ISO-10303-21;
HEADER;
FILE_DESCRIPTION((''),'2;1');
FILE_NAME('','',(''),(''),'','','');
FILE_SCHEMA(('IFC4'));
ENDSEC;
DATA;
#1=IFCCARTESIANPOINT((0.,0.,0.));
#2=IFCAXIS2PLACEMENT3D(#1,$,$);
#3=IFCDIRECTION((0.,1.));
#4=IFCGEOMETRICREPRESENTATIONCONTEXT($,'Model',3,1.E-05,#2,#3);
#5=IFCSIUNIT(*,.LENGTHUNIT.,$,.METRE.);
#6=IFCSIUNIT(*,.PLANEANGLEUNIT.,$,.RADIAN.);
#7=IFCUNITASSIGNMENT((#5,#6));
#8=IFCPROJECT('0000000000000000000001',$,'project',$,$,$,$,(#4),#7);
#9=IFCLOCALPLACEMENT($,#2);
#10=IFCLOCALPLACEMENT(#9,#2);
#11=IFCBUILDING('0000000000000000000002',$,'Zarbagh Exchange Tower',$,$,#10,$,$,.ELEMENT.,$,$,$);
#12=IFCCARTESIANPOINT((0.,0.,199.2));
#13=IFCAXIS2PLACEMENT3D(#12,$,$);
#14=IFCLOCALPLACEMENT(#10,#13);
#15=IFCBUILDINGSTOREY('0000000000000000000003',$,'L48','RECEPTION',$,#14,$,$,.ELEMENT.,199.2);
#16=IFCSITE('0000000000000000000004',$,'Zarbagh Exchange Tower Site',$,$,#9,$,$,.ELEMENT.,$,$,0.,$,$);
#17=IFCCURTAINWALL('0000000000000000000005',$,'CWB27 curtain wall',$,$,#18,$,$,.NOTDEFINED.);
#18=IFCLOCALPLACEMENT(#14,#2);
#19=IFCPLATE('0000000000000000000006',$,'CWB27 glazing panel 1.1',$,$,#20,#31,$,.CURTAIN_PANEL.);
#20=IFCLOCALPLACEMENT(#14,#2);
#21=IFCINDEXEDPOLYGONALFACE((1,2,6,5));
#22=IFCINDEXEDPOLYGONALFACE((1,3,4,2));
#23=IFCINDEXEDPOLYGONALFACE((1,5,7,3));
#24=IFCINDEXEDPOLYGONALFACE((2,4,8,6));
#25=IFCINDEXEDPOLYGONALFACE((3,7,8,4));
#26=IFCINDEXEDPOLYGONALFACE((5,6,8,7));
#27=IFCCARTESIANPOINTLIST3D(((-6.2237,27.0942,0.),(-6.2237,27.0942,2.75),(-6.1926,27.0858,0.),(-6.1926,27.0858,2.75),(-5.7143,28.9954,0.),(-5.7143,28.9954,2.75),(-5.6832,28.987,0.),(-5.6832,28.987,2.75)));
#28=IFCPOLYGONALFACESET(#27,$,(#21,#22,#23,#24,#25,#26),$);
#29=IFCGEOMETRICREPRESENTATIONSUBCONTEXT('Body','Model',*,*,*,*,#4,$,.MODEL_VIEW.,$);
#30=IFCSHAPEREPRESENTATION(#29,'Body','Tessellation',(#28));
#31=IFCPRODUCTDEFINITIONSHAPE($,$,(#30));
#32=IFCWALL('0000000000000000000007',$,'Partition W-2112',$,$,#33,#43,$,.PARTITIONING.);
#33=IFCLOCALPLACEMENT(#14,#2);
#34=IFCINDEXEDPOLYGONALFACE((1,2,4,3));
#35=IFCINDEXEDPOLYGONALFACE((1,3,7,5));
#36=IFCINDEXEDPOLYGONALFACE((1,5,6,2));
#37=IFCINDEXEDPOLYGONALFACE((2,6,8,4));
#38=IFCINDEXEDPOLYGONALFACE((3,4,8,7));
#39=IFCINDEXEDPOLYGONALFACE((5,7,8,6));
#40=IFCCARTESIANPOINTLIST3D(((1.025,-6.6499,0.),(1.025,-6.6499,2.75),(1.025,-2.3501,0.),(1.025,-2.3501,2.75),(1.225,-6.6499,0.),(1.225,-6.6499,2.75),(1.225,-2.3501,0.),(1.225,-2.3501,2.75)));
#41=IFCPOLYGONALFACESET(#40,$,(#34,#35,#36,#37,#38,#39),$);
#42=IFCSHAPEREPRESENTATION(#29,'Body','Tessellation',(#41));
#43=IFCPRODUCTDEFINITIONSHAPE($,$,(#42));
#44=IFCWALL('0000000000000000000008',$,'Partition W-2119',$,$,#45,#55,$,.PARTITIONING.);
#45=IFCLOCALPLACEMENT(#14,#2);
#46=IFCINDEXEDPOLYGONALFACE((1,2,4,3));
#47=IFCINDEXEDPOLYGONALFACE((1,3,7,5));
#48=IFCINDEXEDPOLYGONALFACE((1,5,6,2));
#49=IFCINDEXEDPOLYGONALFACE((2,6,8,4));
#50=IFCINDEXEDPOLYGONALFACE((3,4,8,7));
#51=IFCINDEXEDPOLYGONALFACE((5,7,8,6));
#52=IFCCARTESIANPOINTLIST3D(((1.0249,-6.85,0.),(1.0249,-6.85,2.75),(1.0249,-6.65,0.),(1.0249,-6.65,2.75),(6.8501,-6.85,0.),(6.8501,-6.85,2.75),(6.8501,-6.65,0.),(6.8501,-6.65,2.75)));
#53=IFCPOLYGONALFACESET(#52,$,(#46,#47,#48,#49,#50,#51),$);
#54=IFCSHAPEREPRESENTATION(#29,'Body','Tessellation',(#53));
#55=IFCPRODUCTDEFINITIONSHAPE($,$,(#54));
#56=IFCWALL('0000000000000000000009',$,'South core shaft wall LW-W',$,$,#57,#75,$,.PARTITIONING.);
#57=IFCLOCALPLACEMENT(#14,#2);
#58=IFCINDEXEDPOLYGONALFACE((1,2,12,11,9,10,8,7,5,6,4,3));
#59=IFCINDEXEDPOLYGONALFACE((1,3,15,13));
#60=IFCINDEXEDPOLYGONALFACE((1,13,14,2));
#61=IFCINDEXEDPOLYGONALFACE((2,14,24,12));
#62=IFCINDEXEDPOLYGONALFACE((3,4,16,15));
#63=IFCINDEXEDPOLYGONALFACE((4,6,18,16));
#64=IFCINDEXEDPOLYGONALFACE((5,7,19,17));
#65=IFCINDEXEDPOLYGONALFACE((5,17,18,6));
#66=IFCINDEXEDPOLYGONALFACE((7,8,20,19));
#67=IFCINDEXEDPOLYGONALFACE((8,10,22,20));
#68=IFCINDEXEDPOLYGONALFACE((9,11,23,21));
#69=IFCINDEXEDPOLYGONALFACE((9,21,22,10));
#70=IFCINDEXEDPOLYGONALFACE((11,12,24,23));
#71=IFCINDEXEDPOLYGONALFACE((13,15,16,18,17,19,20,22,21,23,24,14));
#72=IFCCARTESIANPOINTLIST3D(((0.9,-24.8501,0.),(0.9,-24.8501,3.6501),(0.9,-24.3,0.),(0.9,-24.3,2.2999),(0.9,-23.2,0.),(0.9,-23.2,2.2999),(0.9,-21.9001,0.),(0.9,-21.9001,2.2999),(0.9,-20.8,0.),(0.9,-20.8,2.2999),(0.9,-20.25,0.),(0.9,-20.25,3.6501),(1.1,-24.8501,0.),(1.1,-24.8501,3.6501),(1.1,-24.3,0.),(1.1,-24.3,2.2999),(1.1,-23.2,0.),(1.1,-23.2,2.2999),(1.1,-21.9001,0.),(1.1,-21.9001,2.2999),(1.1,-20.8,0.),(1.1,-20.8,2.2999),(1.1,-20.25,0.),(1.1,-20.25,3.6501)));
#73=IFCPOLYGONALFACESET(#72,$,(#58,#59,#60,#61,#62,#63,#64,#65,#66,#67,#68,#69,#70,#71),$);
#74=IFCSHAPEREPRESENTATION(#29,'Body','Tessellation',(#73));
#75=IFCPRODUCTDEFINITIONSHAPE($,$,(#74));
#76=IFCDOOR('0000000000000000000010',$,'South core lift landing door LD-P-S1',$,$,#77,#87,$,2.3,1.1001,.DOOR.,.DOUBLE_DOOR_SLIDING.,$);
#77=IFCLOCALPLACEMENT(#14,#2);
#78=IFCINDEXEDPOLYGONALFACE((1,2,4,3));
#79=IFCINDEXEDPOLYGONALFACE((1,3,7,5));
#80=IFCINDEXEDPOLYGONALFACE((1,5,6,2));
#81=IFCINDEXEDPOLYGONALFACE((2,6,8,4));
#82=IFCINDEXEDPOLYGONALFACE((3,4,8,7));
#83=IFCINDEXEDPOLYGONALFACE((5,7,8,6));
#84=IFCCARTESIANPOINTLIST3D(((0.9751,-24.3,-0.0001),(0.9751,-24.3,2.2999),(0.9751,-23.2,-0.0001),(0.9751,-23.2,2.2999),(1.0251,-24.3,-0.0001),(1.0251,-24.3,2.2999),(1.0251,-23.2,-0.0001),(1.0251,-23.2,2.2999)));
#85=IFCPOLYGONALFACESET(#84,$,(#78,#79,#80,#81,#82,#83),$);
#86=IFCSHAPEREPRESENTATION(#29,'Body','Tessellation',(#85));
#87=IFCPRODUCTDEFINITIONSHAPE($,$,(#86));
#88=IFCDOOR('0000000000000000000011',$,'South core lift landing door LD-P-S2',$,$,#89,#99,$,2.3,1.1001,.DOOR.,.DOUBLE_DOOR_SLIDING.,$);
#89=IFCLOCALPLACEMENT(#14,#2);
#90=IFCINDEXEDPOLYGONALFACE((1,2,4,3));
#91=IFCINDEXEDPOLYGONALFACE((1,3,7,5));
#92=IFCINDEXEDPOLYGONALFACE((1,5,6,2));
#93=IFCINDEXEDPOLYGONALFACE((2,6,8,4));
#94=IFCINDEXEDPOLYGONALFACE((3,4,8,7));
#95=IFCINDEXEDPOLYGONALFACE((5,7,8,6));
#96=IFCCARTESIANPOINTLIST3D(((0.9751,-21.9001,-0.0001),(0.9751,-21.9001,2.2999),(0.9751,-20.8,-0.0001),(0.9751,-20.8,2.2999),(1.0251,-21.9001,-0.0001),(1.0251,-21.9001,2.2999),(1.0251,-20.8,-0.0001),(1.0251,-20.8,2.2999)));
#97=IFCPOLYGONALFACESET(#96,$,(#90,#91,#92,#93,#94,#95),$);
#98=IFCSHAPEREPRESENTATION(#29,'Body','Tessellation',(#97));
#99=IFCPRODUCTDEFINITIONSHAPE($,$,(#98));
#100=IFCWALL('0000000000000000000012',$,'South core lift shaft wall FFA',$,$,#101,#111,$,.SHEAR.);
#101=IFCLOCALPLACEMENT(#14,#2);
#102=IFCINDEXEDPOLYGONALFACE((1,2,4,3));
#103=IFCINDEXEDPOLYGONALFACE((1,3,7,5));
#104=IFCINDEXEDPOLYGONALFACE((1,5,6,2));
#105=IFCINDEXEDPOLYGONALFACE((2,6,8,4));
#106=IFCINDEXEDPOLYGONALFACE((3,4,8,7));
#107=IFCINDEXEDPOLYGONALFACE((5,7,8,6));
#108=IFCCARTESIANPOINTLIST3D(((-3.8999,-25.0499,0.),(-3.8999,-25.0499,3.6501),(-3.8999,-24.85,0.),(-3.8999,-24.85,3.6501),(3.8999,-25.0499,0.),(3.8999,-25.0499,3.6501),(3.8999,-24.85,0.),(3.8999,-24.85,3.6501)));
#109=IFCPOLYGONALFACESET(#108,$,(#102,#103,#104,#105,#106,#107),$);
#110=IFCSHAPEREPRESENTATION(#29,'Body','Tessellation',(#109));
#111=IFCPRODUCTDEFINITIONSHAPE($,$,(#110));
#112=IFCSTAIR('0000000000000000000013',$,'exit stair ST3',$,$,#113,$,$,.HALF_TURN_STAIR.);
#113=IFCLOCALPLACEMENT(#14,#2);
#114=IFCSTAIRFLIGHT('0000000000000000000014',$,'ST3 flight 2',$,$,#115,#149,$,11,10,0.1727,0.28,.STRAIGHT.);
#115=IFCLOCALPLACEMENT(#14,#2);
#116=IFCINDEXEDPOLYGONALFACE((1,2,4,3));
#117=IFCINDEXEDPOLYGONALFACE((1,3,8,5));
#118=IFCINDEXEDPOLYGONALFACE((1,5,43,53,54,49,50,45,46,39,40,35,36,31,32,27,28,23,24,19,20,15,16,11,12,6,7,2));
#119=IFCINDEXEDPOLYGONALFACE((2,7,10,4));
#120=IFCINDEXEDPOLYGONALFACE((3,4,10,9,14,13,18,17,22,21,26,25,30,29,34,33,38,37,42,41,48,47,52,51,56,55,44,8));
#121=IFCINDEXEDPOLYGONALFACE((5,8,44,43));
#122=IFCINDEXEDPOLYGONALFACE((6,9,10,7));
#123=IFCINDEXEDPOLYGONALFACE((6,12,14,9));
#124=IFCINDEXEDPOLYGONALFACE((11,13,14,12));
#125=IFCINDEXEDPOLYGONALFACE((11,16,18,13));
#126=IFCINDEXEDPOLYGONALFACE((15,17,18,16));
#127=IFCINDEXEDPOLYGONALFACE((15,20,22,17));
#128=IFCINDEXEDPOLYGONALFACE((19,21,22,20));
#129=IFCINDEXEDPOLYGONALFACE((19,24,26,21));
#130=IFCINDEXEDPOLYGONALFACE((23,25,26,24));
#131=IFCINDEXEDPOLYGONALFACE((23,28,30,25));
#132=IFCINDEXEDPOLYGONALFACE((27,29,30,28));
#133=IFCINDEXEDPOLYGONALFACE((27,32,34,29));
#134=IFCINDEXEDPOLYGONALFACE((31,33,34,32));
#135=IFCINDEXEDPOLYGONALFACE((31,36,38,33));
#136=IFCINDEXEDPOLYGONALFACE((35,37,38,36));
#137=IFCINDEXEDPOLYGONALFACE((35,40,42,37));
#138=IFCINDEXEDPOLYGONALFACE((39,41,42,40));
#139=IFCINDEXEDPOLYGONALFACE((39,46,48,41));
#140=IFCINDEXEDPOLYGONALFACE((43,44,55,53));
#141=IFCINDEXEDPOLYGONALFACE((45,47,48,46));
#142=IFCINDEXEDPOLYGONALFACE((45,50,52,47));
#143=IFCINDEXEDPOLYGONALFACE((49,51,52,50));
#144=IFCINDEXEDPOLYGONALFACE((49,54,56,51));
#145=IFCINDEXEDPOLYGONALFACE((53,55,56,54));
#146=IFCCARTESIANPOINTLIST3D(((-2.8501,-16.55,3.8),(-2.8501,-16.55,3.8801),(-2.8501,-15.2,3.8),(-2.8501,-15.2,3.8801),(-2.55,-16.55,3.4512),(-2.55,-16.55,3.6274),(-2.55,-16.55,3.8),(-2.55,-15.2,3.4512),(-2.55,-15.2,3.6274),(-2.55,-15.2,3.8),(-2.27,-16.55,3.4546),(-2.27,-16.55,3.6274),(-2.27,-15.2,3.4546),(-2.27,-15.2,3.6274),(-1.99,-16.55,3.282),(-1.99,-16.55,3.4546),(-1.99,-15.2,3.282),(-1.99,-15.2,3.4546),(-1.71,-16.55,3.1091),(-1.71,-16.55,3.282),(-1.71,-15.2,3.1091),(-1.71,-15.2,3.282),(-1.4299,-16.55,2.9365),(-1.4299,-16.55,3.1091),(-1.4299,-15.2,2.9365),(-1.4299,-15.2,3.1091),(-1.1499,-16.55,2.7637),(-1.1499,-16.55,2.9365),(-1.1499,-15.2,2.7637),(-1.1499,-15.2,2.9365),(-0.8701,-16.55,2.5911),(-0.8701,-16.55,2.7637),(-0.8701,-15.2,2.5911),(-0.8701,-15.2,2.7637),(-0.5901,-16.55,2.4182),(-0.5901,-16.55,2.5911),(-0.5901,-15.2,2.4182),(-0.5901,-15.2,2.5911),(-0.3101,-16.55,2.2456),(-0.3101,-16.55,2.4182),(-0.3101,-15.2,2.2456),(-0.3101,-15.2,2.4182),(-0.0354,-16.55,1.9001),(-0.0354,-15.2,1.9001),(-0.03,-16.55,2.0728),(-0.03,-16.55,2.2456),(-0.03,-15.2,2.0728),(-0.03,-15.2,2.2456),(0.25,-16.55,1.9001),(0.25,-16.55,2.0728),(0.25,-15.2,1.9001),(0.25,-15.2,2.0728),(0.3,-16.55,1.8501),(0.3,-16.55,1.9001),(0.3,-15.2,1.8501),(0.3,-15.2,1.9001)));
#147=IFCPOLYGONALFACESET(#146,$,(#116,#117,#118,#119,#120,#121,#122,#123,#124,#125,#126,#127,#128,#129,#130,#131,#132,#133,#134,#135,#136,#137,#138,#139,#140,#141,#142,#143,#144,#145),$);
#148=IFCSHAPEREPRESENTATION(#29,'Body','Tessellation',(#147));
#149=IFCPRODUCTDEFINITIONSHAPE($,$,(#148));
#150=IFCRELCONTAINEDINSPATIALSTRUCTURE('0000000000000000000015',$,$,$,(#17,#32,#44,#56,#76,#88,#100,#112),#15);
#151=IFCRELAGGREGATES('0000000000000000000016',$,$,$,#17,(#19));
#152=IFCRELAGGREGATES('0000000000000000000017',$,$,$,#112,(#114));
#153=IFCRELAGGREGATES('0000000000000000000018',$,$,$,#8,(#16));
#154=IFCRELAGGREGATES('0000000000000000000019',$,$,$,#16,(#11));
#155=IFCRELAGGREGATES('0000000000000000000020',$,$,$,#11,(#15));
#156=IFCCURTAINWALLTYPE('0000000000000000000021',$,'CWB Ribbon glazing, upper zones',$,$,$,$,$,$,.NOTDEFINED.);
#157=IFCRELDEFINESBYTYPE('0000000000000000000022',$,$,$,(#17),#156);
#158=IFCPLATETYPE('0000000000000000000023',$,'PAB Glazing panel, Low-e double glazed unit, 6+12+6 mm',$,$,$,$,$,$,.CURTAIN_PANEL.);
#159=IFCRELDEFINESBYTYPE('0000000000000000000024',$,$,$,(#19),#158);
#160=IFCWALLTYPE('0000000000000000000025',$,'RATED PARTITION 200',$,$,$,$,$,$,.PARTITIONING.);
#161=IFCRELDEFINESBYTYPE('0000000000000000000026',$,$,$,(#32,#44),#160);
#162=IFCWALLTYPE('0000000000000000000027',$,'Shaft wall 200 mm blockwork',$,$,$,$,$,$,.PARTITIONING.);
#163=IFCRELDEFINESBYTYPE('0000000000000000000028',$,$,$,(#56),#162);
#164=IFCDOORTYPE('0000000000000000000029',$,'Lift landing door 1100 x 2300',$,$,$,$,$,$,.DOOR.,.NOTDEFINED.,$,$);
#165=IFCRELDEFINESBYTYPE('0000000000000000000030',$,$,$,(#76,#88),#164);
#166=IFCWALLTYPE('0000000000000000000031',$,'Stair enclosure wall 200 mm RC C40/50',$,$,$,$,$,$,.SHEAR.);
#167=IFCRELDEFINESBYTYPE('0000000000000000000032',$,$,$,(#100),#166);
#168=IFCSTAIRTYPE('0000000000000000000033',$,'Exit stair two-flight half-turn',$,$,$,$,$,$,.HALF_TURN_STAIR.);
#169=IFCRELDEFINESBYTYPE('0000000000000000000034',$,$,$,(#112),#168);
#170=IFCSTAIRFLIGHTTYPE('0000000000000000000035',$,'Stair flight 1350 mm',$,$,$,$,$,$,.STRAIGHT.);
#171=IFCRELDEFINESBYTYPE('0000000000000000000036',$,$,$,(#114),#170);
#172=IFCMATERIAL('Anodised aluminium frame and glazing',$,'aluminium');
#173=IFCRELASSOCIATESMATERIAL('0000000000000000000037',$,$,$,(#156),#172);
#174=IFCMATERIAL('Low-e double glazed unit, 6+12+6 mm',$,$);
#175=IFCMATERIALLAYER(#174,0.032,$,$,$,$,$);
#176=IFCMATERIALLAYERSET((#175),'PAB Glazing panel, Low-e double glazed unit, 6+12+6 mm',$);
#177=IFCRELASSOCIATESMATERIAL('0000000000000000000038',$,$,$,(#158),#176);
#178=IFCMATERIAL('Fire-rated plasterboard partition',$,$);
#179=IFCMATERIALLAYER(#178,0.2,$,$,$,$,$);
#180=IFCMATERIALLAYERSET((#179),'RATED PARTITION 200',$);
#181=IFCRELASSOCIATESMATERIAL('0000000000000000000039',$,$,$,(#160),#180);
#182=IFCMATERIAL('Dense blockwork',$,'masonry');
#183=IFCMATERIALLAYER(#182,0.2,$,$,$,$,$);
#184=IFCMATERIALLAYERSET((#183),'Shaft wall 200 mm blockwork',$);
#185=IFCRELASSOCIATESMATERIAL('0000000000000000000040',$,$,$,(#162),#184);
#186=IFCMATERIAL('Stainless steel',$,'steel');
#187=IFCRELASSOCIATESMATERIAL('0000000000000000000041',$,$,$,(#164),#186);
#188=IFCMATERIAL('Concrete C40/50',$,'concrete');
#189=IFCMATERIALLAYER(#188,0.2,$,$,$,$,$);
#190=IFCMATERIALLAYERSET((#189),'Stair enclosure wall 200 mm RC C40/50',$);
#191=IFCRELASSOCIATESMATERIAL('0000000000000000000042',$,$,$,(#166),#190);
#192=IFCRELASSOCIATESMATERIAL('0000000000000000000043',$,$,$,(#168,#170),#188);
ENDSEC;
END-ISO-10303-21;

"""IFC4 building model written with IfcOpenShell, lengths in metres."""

from ifc_helpers import new_model, si_unit, direction, frame, frame_2d, origin, place, context, subcontext, project, spatial, polyline, rectangle, outline, extrude, source, transform, mapped, material, layer, layer_set, type_object, element, fill, aggregate, save


model = new_model("IFC4")

# Units and contexts
model_context = context("Model", 3, precision=1e-05, world=origin(), true_north=direction((0.0, 1.0)))
body_context = subcontext(model_context, "Body", "Model", "MODEL_VIEW")
ifc_project = project(units=[si_unit("LENGTHUNIT", "METRE"), si_unit("PLANEANGLEUNIT", "RADIAN")], contexts=[model_context])

# Site, building, storey
site_placement = place(None, origin())
site = spatial("IfcSite", under=ifc_project, at=site_placement, Name="Zarbagh Exchange Tower Site", CompositionType="ELEMENT", RefElevation=0.0)
building_placement = place(site_placement, origin())
building = spatial("IfcBuilding", under=site, at=building_placement, Name="Zarbagh Exchange Tower", CompositionType="ELEMENT")
storey_placement = place(building_placement, frame((0.0, 0.0, 199.2)))
storey = spatial("IfcBuildingStorey", under=building, at=storey_placement, Name="L48", Description="RECEPTION", CompositionType="ELEMENT", Elevation=199.2)

# Shared definitions
ifc_material_1 = material(Name="Anodised aluminium frame and glazing", Category="aluminium")
curtain_wall_type = type_object("IfcCurtainWallType", Name="CWB Ribbon glazing, upper zones", PredefinedType="NOTDEFINED", material=ifc_material_1)
placement = place(storey_placement, origin())

# Shared definitions
ifc_material_2 = material(Name="Low-e double glazed unit, 6+12+6 mm")
ifc_layer_1 = layer(ifc_material_2, 0.032)
ifc_layer_set_1 = layer_set([ifc_layer_1], Name="PAB Glazing panel, Low-e double glazed unit, 6+12+6 mm")
plate_type = type_object("IfcPlateType", Name="PAB Glazing panel, Low-e double glazed unit, 6+12+6 mm", PredefinedType="CURTAIN_PANEL", material=ifc_layer_set_1)

# Curtain wall, plate
curtain_wall_1_placement = place(storey_placement, origin())
curtain_wall_1 = element("IfcCurtainWall", 1, at=curtain_wall_1_placement, inside=storey, type_object=curtain_wall_type, Name="CWB27 curtain wall", PredefinedType="NOTDEFINED")
shared_shape_1 = source(origin(), body_context, "Body", "SweptSolid", [
    extrude(outline(polyline([(0.0, -0.0161), (1.9683, -0.0161), (1.9683, 0.0161), (0.0, 0.0161), (0.0, -0.0161)])), origin(), (0.0, 0.0, 1.0), 2.75),
])
plate_1 = element("IfcPlate", 2, at=placement, type_object=plate_type, Name="CWB27 glazing panel 1.1", PredefinedType="CURTAIN_PANEL", context=body_context, shape_type="MappedRepresentation", body=[
    mapped(shared_shape_1, transform((-5.6987, 28.9912, 0.0), x_axis=(-0.258825, -0.965924, 0.0), y_axis=(0.965924, -0.258825, 0.0), z_axis=(0.0, 0.0, 1.0))),
])
aggregate(curtain_wall_1, [plate_1])

# Walls
ifc_material_3 = material(Name="Fire-rated plasterboard partition")
ifc_layer_2 = layer(ifc_material_3, 0.2)
ifc_layer_set_2 = layer_set([ifc_layer_2], Name="RATED PARTITION 200")
wall_type_1 = type_object("IfcWallType", Name="RATED PARTITION 200", PredefinedType="PARTITIONING", material=ifc_layer_set_2)
wall_1_placement = place(storey_placement, frame((1.125, -6.6499, 0.0), z_axis=(0.0, 0.0, 1.0), x_axis=(0.0, 1.0, 0.0)))
element("IfcWall", 3, at=wall_1_placement, inside=storey, type_object=wall_type_1, Name="Partition W-2112", PredefinedType="PARTITIONING", context=body_context, shape_type="SweptSolid", body=[
    extrude(rectangle(XDim=4.2998, YDim=0.2, at=frame_2d((2.1499, 0.0))), origin(), (0.0, 0.0, 1.0), 2.75),
])
wall_2_placement = place(storey_placement, frame((1.0249, -6.75, 0.0), z_axis=(0.0, 0.0, 1.0), x_axis=(1.0, 0.0, 0.0)))
element("IfcWall", 4, at=wall_2_placement, inside=storey, type_object=wall_type_1, Name="Partition W-2119", PredefinedType="PARTITIONING", context=body_context, shape_type="SweptSolid", body=[
    extrude(rectangle(XDim=5.8252, YDim=0.2, at=frame_2d((2.9126, 0.0))), origin(), (0.0, 0.0, 1.0), 2.75),
])

# Wall, openings, doors
ifc_material_4 = material(Name="Dense blockwork", Category="masonry")
ifc_layer_3 = layer(ifc_material_4, 0.2)
ifc_layer_set_3 = layer_set([ifc_layer_3], Name="Shaft wall 200 mm blockwork")
wall_type_2 = type_object("IfcWallType", Name="Shaft wall 200 mm blockwork", PredefinedType="PARTITIONING", material=ifc_layer_set_3)
wall_3_placement = place(storey_placement, frame((1.0, -24.8501, 0.0), z_axis=(0.0, 0.0, 1.0), x_axis=(0.0, 1.0, 0.0)))
wall_3 = element("IfcWall", 5, at=wall_3_placement, inside=storey, type_object=wall_type_2, Name="South core shaft wall LW-W", PredefinedType="PARTITIONING", context=body_context, shape_type="SweptSolid", body=[
    extrude(rectangle(XDim=4.6001, YDim=0.2, at=frame_2d((2.3, 0.0))), origin(), (0.0, 0.0, 1.0), 3.6501),
])
opening_1_placement = place(wall_3_placement, frame((0.55, 0.0, 0.0)))
opening_1 = element("IfcOpeningElement", 6, at=opening_1_placement, cuts=wall_3, PredefinedType="OPENING", context=body_context, shape_type="SweptSolid", body=[
    extrude(rectangle(XDim=1.1001, YDim=2.3, at=frame_2d((0.55, 1.1499))), frame((0.0, 0.1099, 0.0), z_axis=(0.0, -1.0, 0.0), x_axis=(1.0, 0.0, 0.0)), (0.0, 0.0, 1.0), 0.22),
])
opening_2_placement = place(wall_3_placement, frame((2.95, 0.0, 0.0)))
opening_2 = element("IfcOpeningElement", 7, at=opening_2_placement, cuts=wall_3, PredefinedType="OPENING", context=body_context, shape_type="SweptSolid", body=[
    extrude(rectangle(XDim=1.1001, YDim=2.3, at=frame_2d((0.55, 1.1499))), frame((0.0, 0.1099, 0.0), z_axis=(0.0, -1.0, 0.0), x_axis=(1.0, 0.0, 0.0)), (0.0, 0.0, 1.0), 0.22),
])
ifc_material_5 = material(Name="Stainless steel", Category="steel")
door_type = type_object("IfcDoorType", Name="Lift landing door 1100 x 2300", OperationType="NOTDEFINED", PredefinedType="DOOR", material=ifc_material_5)
door_1_placement = place(opening_1_placement, origin())
door_1 = element("IfcDoor", 8, at=door_1_placement, inside=storey, type_object=door_type, Name="South core lift landing door LD-P-S1", OperationType="DOUBLE_DOOR_SLIDING", OverallHeight=2.3, OverallWidth=1.1001, PredefinedType="DOOR", context=body_context, shape_type="SweptSolid", body=[
    extrude(rectangle(XDim=1.1001, YDim=2.3, at=frame_2d((0.55, 1.1499))), frame((0.0, 0.0249, 0.0), z_axis=(0.0, -1.0, 0.0), x_axis=(1.0, 0.0, 0.0)), (0.0, 0.0, 1.0), 0.05),
])
fill(opening_1, door_1)
door_2_placement = place(opening_2_placement, origin())
door_2 = element("IfcDoor", 9, at=door_2_placement, inside=storey, type_object=door_type, Name="South core lift landing door LD-P-S2", OperationType="DOUBLE_DOOR_SLIDING", OverallHeight=2.3, OverallWidth=1.1001, PredefinedType="DOOR", context=body_context, shape_type="SweptSolid", body=[
    extrude(rectangle(XDim=1.1001, YDim=2.3, at=frame_2d((0.55, 1.1499))), frame((0.0, 0.0249, 0.0), z_axis=(0.0, -1.0, 0.0), x_axis=(1.0, 0.0, 0.0)), (0.0, 0.0, 1.0), 0.05),
])
fill(opening_2, door_2)

# Wall
ifc_material_6 = material(Name="Concrete C40/50", Category="concrete")
ifc_layer_4 = layer(ifc_material_6, 0.2)
ifc_layer_set_4 = layer_set([ifc_layer_4], Name="Stair enclosure wall 200 mm RC C40/50")
wall_type_3 = type_object("IfcWallType", Name="Stair enclosure wall 200 mm RC C40/50", PredefinedType="SHEAR", material=ifc_layer_set_4)
wall_4_placement = place(storey_placement, frame((3.8999, -24.95, 0.0), z_axis=(0.0, 0.0, 1.0), x_axis=(-1.0, 0.0, 0.0)))
element("IfcWall", 10, at=wall_4_placement, inside=storey, type_object=wall_type_3, Name="South core lift shaft wall FFA", PredefinedType="SHEAR", context=body_context, shape_type="SweptSolid", body=[
    extrude(rectangle(XDim=7.7998, YDim=0.2, at=frame_2d((3.8999, 0.0))), origin(), (0.0, 0.0, 1.0), 3.6501),
])

# Stair, stair flight
stair_type = type_object("IfcStairType", Name="Exit stair two-flight half-turn", PredefinedType="HALF_TURN_STAIR", material=ifc_material_6)
stair_1_placement = place(storey_placement, origin())
stair_1 = element("IfcStair", 11, at=stair_1_placement, inside=storey, type_object=stair_type, Name="exit stair ST3", PredefinedType="HALF_TURN_STAIR")
stair_flight_type_1 = type_object("IfcStairFlightType", Name="Stair flight 1350 mm", PredefinedType="STRAIGHT", material=ifc_material_6)
stair_flight_1_placement = place(storey_placement, frame((0.25, -15.875, 1.9001), z_axis=(0.0, 0.0, 1.0), x_axis=(-1.0, 0.0, 0.0)))
stair_flight_1 = element("IfcStairFlight", 12, at=stair_flight_1_placement, type_object=stair_flight_type_1, Name="ST3 flight 2", NumberOfRisers=11, NumberOfTreads=10, PredefinedType="STRAIGHT", RiserHeight=0.1727, TreadLength=0.28, context=body_context, shape_type="SweptSolid", body=[
    extrude(outline(polyline([(-0.05, -0.05), (-0.05, 0.0), (0.0, 0.0), (0.0, 0.1726), (0.28, 0.1726), (0.28, 0.3455), (0.5601, 0.3455), (0.5601, 0.5181), (0.8401, 0.5181), (0.8401, 0.6909), (1.1201, 0.6909), (1.1201, 0.8635), (1.3999, 0.8635), (1.3999, 1.0364), (1.6799, 1.0364), (1.6799, 1.209), (1.96, 1.209), (1.96, 1.3818), (2.24, 1.3818), (2.24, 1.5544), (2.52, 1.5544), (2.52, 1.7273), (2.8, 1.7273), (2.8, 1.8999), (3.1001, 1.98), (3.1001, 1.8999), (2.8, 1.551), (0.2854, 0.0), (-0.05, -0.05)])), frame((0.0, 0.675, 0.0), z_axis=(0.0, -1.0, 0.0), x_axis=(1.0, 0.0, 0.0)), (0.0, 0.0, 1.0), 1.3501),
])
aggregate(stair_1, [stair_flight_1])

save(model, "model.ifc")
